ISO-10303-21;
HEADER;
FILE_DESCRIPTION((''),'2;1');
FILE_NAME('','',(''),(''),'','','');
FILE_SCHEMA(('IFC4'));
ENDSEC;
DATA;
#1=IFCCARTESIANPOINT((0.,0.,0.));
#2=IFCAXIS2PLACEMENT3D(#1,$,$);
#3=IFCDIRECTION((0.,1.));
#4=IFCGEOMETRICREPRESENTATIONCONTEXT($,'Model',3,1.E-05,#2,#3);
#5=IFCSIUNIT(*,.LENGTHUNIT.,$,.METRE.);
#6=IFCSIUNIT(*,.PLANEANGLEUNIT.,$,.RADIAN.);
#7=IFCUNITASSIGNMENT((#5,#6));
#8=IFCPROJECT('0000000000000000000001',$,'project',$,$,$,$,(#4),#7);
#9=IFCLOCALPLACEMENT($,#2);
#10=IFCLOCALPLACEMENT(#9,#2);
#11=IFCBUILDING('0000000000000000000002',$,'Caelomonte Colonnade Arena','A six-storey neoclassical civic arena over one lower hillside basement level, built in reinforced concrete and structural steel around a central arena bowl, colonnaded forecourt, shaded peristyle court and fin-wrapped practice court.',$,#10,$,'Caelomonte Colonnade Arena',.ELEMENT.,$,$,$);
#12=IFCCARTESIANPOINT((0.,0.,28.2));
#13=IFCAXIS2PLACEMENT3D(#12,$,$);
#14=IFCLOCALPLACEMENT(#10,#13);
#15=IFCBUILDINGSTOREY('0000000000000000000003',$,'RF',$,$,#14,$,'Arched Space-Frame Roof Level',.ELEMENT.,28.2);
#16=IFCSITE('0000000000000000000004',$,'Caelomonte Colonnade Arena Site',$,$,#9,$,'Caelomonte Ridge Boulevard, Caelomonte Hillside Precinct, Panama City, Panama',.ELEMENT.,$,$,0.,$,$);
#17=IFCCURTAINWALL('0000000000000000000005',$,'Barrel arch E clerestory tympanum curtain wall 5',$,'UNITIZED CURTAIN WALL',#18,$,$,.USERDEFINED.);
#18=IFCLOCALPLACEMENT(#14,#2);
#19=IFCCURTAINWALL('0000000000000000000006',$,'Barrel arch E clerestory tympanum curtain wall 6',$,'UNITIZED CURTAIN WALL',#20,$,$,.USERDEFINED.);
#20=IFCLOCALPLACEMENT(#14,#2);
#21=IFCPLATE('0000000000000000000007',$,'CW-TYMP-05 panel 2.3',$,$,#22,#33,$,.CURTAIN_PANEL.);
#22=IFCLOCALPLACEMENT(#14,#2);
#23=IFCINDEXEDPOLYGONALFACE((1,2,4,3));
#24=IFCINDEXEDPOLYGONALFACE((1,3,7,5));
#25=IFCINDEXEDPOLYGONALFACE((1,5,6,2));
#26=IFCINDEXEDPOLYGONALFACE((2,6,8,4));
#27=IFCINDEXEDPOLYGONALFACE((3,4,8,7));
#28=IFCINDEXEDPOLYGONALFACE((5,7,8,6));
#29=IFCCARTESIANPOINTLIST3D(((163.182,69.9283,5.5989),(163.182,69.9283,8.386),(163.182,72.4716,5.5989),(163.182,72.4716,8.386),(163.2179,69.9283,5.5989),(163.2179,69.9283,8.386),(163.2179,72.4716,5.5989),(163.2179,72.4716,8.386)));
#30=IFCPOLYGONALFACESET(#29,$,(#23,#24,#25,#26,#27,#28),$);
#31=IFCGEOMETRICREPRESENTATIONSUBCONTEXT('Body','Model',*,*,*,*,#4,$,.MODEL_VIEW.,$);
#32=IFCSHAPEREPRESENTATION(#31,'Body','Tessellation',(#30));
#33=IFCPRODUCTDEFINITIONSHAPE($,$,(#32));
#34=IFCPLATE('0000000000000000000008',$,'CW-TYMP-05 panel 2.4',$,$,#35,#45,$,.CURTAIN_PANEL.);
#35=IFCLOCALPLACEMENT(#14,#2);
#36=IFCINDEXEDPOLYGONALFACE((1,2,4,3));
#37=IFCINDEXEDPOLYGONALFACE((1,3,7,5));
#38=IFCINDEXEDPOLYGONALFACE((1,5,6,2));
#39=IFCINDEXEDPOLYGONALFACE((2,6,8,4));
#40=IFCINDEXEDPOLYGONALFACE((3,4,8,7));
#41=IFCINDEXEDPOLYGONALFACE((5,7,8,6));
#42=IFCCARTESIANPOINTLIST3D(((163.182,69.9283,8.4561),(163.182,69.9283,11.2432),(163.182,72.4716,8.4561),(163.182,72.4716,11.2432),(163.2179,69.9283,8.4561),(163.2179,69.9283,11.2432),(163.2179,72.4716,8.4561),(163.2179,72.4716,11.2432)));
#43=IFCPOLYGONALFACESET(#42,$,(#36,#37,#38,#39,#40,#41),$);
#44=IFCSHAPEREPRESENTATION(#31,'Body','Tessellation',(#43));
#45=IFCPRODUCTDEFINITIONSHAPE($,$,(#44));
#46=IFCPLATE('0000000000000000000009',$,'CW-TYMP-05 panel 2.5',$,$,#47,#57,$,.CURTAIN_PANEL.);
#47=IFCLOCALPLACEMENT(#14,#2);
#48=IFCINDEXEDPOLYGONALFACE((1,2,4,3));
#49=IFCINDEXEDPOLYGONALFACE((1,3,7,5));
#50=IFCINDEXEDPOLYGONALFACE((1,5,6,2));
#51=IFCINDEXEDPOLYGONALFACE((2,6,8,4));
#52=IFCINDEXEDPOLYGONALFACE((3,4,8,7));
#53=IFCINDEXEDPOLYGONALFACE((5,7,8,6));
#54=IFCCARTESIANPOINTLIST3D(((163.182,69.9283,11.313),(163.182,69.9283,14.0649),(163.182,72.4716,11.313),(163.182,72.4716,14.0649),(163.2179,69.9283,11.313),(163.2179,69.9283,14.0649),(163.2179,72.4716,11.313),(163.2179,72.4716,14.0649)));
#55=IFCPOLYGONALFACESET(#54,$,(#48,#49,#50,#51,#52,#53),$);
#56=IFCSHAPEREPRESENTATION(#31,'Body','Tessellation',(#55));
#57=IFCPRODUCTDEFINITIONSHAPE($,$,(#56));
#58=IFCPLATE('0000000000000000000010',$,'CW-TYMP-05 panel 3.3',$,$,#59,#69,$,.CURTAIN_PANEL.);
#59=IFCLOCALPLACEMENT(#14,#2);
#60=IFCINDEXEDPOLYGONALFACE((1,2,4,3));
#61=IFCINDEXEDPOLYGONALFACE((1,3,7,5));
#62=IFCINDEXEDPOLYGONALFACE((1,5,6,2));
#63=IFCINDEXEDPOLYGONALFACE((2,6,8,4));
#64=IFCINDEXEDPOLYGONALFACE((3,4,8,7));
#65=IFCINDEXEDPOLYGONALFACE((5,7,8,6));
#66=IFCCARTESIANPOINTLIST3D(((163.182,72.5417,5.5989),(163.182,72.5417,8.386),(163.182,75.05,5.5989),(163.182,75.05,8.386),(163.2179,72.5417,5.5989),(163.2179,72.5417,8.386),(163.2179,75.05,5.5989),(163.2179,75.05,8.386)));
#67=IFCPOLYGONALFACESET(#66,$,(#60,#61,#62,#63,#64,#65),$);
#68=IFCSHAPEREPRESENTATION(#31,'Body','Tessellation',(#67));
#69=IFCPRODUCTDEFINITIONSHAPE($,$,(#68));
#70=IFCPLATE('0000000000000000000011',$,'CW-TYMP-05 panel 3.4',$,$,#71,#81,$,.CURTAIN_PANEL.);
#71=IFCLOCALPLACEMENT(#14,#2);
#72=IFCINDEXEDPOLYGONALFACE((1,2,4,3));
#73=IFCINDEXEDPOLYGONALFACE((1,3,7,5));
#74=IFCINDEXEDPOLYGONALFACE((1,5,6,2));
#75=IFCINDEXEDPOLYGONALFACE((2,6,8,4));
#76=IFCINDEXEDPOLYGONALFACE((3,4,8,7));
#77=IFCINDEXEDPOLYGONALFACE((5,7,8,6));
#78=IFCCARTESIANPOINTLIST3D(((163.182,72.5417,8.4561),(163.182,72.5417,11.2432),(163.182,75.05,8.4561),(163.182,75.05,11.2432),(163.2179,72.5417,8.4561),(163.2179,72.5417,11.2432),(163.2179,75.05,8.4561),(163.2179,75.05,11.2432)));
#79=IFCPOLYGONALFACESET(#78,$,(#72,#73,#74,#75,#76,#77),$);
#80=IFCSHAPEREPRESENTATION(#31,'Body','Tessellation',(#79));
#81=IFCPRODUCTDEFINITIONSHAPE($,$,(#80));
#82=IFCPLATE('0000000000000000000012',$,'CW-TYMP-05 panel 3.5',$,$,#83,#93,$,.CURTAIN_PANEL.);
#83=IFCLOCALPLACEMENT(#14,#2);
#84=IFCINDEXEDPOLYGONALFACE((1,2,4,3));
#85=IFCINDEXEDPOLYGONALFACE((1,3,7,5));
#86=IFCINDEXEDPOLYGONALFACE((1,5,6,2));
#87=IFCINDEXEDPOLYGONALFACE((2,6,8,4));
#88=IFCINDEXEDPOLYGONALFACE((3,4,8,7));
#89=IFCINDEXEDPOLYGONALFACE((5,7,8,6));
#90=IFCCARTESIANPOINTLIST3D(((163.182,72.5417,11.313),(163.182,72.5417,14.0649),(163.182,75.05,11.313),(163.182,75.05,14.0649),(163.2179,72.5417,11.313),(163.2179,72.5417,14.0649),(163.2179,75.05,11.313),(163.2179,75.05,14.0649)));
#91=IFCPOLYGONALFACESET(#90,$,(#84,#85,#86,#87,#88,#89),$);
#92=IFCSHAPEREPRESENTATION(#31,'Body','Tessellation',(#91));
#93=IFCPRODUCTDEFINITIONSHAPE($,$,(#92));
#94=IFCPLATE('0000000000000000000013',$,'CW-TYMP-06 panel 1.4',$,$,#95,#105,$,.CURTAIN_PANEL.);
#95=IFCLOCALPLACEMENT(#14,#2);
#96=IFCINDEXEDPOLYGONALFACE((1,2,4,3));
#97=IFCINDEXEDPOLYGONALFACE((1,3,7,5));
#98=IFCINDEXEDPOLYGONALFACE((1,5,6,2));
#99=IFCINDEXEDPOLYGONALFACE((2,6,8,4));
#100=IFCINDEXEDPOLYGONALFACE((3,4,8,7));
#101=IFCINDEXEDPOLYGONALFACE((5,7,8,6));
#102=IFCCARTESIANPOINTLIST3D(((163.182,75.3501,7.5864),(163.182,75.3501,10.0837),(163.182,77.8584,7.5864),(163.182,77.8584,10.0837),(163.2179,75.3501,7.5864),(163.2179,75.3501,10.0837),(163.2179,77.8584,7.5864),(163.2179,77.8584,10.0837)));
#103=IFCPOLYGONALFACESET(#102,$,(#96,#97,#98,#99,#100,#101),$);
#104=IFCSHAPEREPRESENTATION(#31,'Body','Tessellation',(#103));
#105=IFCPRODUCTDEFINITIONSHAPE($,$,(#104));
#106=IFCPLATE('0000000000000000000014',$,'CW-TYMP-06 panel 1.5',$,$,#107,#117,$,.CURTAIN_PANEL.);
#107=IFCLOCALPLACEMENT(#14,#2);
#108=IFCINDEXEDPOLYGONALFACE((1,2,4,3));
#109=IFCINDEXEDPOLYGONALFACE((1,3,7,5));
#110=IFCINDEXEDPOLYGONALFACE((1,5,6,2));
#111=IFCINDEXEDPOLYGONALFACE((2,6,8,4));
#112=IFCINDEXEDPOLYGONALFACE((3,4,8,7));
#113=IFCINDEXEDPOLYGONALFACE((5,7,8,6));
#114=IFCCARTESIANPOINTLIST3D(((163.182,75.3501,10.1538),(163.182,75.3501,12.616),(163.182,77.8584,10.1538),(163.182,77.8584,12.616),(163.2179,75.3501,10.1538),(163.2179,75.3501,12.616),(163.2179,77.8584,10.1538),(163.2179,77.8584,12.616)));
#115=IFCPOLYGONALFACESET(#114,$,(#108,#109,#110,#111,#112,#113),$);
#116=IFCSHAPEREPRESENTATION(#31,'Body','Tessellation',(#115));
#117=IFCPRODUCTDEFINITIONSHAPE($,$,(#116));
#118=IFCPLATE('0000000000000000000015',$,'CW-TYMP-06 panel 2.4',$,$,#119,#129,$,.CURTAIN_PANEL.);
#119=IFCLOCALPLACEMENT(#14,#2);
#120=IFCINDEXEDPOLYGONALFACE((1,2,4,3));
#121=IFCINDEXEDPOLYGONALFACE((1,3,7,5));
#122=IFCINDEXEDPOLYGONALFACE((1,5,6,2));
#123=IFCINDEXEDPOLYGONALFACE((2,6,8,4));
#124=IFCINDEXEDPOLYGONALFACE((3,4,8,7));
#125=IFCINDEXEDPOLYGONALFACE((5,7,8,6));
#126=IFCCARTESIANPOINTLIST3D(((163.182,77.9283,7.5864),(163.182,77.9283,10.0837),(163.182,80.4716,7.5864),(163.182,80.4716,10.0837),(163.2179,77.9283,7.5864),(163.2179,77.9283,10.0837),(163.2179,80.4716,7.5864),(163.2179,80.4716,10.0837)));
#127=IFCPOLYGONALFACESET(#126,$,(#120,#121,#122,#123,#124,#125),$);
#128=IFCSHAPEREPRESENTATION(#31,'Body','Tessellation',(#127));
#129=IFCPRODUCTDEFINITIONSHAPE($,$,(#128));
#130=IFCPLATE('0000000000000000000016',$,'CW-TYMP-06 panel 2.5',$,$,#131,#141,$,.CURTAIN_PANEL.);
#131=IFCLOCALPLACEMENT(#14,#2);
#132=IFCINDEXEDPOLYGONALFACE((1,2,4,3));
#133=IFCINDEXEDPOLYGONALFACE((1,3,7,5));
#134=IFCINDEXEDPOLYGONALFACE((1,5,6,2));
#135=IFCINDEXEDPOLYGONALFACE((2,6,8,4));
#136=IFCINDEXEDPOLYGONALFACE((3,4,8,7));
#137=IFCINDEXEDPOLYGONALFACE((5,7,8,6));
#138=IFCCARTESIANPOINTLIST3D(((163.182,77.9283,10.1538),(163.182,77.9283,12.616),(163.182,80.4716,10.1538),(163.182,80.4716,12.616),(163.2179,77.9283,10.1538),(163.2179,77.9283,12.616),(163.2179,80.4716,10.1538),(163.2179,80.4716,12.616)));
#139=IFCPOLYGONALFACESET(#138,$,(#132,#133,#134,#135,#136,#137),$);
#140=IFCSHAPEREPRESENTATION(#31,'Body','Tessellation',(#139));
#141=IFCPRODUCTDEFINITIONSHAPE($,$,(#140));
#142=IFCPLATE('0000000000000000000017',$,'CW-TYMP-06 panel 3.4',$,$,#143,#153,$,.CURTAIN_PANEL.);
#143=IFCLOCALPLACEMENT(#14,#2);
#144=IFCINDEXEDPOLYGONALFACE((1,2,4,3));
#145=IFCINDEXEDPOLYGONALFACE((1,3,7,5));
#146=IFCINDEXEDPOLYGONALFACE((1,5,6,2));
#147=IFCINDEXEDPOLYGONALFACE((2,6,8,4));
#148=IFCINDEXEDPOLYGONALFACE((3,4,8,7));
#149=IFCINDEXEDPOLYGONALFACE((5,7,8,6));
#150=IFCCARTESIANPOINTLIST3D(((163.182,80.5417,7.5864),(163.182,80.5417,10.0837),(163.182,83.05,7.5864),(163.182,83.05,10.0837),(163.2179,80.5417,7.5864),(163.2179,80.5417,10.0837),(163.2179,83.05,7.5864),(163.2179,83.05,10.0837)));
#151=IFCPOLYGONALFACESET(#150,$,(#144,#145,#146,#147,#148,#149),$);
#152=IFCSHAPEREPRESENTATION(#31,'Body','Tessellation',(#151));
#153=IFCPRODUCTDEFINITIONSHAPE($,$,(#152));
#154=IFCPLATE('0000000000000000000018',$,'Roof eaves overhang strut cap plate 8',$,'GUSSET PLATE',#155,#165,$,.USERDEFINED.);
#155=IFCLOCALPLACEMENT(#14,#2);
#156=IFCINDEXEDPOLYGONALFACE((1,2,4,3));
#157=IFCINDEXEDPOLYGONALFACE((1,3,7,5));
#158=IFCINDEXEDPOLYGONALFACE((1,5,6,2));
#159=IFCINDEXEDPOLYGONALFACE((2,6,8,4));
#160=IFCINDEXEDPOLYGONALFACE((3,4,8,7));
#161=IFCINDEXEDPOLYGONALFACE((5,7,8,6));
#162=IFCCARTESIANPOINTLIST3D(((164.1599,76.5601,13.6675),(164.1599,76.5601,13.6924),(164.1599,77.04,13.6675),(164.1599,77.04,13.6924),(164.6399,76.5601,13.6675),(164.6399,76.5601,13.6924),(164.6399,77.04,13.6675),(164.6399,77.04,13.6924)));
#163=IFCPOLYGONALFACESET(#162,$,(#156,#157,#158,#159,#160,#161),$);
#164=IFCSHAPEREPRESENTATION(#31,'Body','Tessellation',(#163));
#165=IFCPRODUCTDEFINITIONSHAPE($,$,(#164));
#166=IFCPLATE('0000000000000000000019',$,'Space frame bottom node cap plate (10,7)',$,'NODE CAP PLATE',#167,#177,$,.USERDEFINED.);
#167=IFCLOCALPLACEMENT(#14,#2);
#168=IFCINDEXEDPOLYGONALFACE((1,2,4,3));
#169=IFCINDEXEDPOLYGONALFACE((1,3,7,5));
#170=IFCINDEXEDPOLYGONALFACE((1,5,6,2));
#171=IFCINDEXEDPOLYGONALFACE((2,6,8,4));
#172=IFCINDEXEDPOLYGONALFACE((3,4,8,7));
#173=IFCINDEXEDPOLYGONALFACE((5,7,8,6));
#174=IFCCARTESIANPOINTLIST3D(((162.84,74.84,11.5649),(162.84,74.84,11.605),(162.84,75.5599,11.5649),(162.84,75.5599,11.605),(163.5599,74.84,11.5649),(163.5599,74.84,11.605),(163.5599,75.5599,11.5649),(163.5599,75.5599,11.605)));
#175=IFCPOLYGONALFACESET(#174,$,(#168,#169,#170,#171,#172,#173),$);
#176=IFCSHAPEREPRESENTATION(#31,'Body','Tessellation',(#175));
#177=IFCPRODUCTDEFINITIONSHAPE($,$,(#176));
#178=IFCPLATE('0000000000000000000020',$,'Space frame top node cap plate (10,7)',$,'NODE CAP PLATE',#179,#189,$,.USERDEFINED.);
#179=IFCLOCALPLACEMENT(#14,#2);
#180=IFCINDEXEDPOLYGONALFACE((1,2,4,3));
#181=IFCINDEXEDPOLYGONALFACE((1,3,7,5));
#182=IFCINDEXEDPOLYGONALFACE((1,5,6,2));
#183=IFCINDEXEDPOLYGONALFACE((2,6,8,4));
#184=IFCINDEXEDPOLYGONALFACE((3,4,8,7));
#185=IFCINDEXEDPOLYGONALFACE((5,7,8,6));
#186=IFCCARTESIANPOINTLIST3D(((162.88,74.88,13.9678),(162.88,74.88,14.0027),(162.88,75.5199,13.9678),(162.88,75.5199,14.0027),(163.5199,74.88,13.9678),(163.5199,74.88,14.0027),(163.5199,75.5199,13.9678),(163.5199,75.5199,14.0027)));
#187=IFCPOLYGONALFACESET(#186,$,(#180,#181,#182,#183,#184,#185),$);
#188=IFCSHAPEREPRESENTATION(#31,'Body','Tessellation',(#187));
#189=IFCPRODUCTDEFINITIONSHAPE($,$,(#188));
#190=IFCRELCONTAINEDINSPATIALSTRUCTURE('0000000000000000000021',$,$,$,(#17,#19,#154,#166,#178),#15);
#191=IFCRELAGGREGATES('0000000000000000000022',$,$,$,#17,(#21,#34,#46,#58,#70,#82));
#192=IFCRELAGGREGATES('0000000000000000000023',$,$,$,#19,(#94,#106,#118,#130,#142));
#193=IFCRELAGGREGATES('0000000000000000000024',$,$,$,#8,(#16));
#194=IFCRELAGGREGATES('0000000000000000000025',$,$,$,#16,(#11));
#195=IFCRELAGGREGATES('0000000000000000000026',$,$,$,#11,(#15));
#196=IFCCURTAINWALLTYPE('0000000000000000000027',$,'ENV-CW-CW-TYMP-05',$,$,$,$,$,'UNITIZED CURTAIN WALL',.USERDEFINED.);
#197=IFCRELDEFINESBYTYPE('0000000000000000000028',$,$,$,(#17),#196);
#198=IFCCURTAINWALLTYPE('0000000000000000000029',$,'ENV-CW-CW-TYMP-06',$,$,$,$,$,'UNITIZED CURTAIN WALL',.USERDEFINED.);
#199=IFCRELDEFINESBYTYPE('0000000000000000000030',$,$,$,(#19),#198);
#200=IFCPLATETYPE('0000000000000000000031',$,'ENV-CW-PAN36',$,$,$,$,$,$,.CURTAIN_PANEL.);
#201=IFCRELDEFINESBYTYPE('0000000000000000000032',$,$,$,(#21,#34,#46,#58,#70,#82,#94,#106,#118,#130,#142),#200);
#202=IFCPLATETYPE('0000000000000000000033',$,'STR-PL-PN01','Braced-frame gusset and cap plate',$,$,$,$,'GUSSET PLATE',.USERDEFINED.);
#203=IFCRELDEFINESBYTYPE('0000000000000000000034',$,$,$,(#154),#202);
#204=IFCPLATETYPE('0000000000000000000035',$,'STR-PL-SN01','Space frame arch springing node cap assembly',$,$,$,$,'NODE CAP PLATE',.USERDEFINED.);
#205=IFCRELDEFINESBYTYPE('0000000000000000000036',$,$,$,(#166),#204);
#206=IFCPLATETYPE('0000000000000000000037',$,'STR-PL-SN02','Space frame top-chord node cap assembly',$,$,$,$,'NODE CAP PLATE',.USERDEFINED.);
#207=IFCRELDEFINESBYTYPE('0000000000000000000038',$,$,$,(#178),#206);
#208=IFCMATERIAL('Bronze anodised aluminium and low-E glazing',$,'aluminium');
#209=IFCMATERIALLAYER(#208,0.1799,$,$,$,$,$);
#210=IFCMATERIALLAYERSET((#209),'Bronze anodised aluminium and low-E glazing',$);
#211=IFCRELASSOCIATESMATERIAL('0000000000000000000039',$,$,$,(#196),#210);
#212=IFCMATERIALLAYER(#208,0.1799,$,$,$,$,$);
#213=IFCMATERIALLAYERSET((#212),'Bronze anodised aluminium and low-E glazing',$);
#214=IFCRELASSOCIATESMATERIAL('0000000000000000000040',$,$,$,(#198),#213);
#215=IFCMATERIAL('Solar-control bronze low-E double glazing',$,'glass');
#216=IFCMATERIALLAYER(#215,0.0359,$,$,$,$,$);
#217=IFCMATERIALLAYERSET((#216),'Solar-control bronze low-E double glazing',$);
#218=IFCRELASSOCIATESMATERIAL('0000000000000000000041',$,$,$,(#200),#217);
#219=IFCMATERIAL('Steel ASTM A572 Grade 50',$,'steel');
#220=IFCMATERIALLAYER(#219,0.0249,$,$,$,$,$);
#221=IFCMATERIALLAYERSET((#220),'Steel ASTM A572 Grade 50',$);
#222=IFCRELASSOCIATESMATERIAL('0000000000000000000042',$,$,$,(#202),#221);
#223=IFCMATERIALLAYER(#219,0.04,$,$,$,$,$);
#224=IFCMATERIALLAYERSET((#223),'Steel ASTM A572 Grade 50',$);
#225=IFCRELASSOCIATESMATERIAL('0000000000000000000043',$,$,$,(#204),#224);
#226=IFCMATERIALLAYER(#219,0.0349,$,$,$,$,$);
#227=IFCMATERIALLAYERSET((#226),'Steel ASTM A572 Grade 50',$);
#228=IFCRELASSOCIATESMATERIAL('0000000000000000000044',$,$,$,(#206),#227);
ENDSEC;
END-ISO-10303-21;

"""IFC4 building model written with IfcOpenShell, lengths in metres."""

from ifc_helpers import new_model, si_unit, direction, frame, origin, origin_2d, place, context, subcontext, project, spatial, rectangle, extrude, material, layer, layer_set, type_object, element, aggregate, save


model = new_model("IFC4")

# Units and contexts
model_context = context("Model", 3, precision=1e-05, world=origin(), true_north=direction((0.0, 1.0)))
body_context = subcontext(model_context, "Body", "Model", "MODEL_VIEW")
ifc_project = project(units=[si_unit("LENGTHUNIT", "METRE"), si_unit("PLANEANGLEUNIT", "RADIAN")], contexts=[model_context])

# Site, building, storey
site_placement = place(None, origin())
site = spatial("IfcSite", under=ifc_project, at=site_placement, Name="Caelomonte Colonnade Arena Site", LongName="Caelomonte Ridge Boulevard, Caelomonte Hillside Precinct, Panama City, Panama", CompositionType="ELEMENT", RefElevation=0.0)
building_placement = place(site_placement, origin())
building = spatial("IfcBuilding", under=site, at=building_placement, Name="Caelomonte Colonnade Arena", Description="A six-storey neoclassical civic arena over one lower hillside basement level, built in reinforced concrete and structural steel around a central arena bowl, colonnaded forecourt, shaded peristyle court and fin-wrapped practice court.", LongName="Caelomonte Colonnade Arena", CompositionType="ELEMENT")
storey_placement = place(building_placement, frame((0.0, 0.0, 28.2)))
storey = spatial("IfcBuildingStorey", under=building, at=storey_placement, Name="RF", LongName="Arched Space-Frame Roof Level", CompositionType="ELEMENT", Elevation=28.2)

# Curtain walls
ifc_material_1 = material(Name="Bronze anodised aluminium and low-E glazing", Category="aluminium")
ifc_layer_1 = layer(ifc_material_1, 0.1799)
ifc_layer_set_1 = layer_set([ifc_layer_1], Name="Bronze anodised aluminium and low-E glazing")
curtain_wall_type_1 = type_object("IfcCurtainWallType", Name="ENV-CW-CW-TYMP-05", ElementType="UNITIZED CURTAIN WALL", PredefinedType="USERDEFINED", material=ifc_layer_set_1)
curtain_wall_1_placement = place(storey_placement, origin())
curtain_wall_1 = element("IfcCurtainWall", 1, at=curtain_wall_1_placement, inside=storey, type_object=curtain_wall_type_1, Name="Barrel arch E clerestory tympanum curtain wall 5", ObjectType="UNITIZED CURTAIN WALL", PredefinedType="USERDEFINED")
ifc_layer_2 = layer(ifc_material_1, 0.1799)
ifc_layer_set_2 = layer_set([ifc_layer_2], Name="Bronze anodised aluminium and low-E glazing")
curtain_wall_type_2 = type_object("IfcCurtainWallType", Name="ENV-CW-CW-TYMP-06", ElementType="UNITIZED CURTAIN WALL", PredefinedType="USERDEFINED", material=ifc_layer_set_2)
curtain_wall_2_placement = place(storey_placement, origin())
curtain_wall_2 = element("IfcCurtainWall", 2, at=curtain_wall_2_placement, inside=storey, type_object=curtain_wall_type_2, Name="Barrel arch E clerestory tympanum curtain wall 6", ObjectType="UNITIZED CURTAIN WALL", PredefinedType="USERDEFINED")

# Plates
ifc_material_2 = material(Name="Solar-control bronze low-E double glazing", Category="glass")
ifc_layer_3 = layer(ifc_material_2, 0.0359)
ifc_layer_set_3 = layer_set([ifc_layer_3], Name="Solar-control bronze low-E double glazing")
plate_type_1 = type_object("IfcPlateType", Name="ENV-CW-PAN36", PredefinedType="CURTAIN_PANEL", material=ifc_layer_set_3)
plate_1_placement = place(storey_placement, frame((163.2, 71.2, 5.5989), z_axis=(0.0, 0.0, 1.0), x_axis=(0.0, 1.0, 0.0)))
plate_1 = element("IfcPlate", 3, at=plate_1_placement, type_object=plate_type_1, Name="CW-TYMP-05 panel 2.3", PredefinedType="CURTAIN_PANEL", context=body_context, shape_type="SweptSolid", body=[
    extrude(rectangle(XDim=2.5432, YDim=0.0359, at=origin_2d()), origin(), (0.0, 0.0, 1.0), 2.7871),
])
plate_2_placement = place(storey_placement, frame((163.2, 71.2, 8.4561), z_axis=(0.0, 0.0, 1.0), x_axis=(0.0, 1.0, 0.0)))
plate_2 = element("IfcPlate", 4, at=plate_2_placement, type_object=plate_type_1, Name="CW-TYMP-05 panel 2.4", PredefinedType="CURTAIN_PANEL", context=body_context, shape_type="SweptSolid", body=[
    extrude(rectangle(XDim=2.5432, YDim=0.0359, at=origin_2d()), origin(), (0.0, 0.0, 1.0), 2.7871),
])
plate_3_placement = place(storey_placement, frame((163.2, 71.2, 11.313), z_axis=(0.0, 0.0, 1.0), x_axis=(0.0, 1.0, 0.0)))
plate_3 = element("IfcPlate", 5, at=plate_3_placement, type_object=plate_type_1, Name="CW-TYMP-05 panel 2.5", PredefinedType="CURTAIN_PANEL", context=body_context, shape_type="SweptSolid", body=[
    extrude(rectangle(XDim=2.5432, YDim=0.0359, at=origin_2d()), origin(), (0.0, 0.0, 1.0), 2.752),
])
plate_4_placement = place(storey_placement, frame((163.2, 73.7959, 5.5989), z_axis=(0.0, 0.0, 1.0), x_axis=(0.0, 1.0, 0.0)))
plate_4 = element("IfcPlate", 6, at=plate_4_placement, type_object=plate_type_1, Name="CW-TYMP-05 panel 3.3", PredefinedType="CURTAIN_PANEL", context=body_context, shape_type="SweptSolid", body=[
    extrude(rectangle(XDim=2.5083, YDim=0.0359, at=origin_2d()), origin(), (0.0, 0.0, 1.0), 2.7871),
])
plate_5_placement = place(storey_placement, frame((163.2, 73.7959, 8.4561), z_axis=(0.0, 0.0, 1.0), x_axis=(0.0, 1.0, 0.0)))
plate_5 = element("IfcPlate", 7, at=plate_5_placement, type_object=plate_type_1, Name="CW-TYMP-05 panel 3.4", PredefinedType="CURTAIN_PANEL", context=body_context, shape_type="SweptSolid", body=[
    extrude(rectangle(XDim=2.5083, YDim=0.0359, at=origin_2d()), origin(), (0.0, 0.0, 1.0), 2.7871),
])
plate_6_placement = place(storey_placement, frame((163.2, 73.7959, 11.313), z_axis=(0.0, 0.0, 1.0), x_axis=(0.0, 1.0, 0.0)))
plate_6 = element("IfcPlate", 8, at=plate_6_placement, type_object=plate_type_1, Name="CW-TYMP-05 panel 3.5", PredefinedType="CURTAIN_PANEL", context=body_context, shape_type="SweptSolid", body=[
    extrude(rectangle(XDim=2.5083, YDim=0.0359, at=origin_2d()), origin(), (0.0, 0.0, 1.0), 2.752),
])
aggregate(curtain_wall_1, [plate_1, plate_2, plate_3, plate_4, plate_5, plate_6])
plate_7_placement = place(storey_placement, frame((163.2, 76.6042, 7.5864), z_axis=(0.0, 0.0, 1.0), x_axis=(0.0, 1.0, 0.0)))
plate_7 = element("IfcPlate", 9, at=plate_7_placement, type_object=plate_type_1, Name="CW-TYMP-06 panel 1.4", PredefinedType="CURTAIN_PANEL", context=body_context, shape_type="SweptSolid", body=[
    extrude(rectangle(XDim=2.5083, YDim=0.0359, at=origin_2d()), origin(), (0.0, 0.0, 1.0), 2.4973),
])
plate_8_placement = place(storey_placement, frame((163.2, 76.6042, 10.1538), z_axis=(0.0, 0.0, 1.0), x_axis=(0.0, 1.0, 0.0)))
plate_8 = element("IfcPlate", 10, at=plate_8_placement, type_object=plate_type_1, Name="CW-TYMP-06 panel 1.5", PredefinedType="CURTAIN_PANEL", context=body_context, shape_type="SweptSolid", body=[
    extrude(rectangle(XDim=2.5083, YDim=0.0359, at=origin_2d()), origin(), (0.0, 0.0, 1.0), 2.4622),
])
plate_9_placement = place(storey_placement, frame((163.2, 79.2, 7.5864), z_axis=(0.0, 0.0, 1.0), x_axis=(0.0, 1.0, 0.0)))
plate_9 = element("IfcPlate", 11, at=plate_9_placement, type_object=plate_type_1, Name="CW-TYMP-06 panel 2.4", PredefinedType="CURTAIN_PANEL", context=body_context, shape_type="SweptSolid", body=[
    extrude(rectangle(XDim=2.5432, YDim=0.0359, at=origin_2d()), origin(), (0.0, 0.0, 1.0), 2.4973),
])
plate_10_placement = place(storey_placement, frame((163.2, 79.2, 10.1538), z_axis=(0.0, 0.0, 1.0), x_axis=(0.0, 1.0, 0.0)))
plate_10 = element("IfcPlate", 12, at=plate_10_placement, type_object=plate_type_1, Name="CW-TYMP-06 panel 2.5", PredefinedType="CURTAIN_PANEL", context=body_context, shape_type="SweptSolid", body=[
    extrude(rectangle(XDim=2.5432, YDim=0.0359, at=origin_2d()), origin(), (0.0, 0.0, 1.0), 2.4622),
])
plate_11_placement = place(storey_placement, frame((163.2, 81.7959, 7.5864), z_axis=(0.0, 0.0, 1.0), x_axis=(0.0, 1.0, 0.0)))
plate_11 = element("IfcPlate", 13, at=plate_11_placement, type_object=plate_type_1, Name="CW-TYMP-06 panel 3.4", PredefinedType="CURTAIN_PANEL", context=body_context, shape_type="SweptSolid", body=[
    extrude(rectangle(XDim=2.5083, YDim=0.0359, at=origin_2d()), origin(), (0.0, 0.0, 1.0), 2.4973),
])
aggregate(curtain_wall_2, [plate_7, plate_8, plate_9, plate_10, plate_11])

# Plates
ifc_material_3 = material(Name="Steel ASTM A572 Grade 50", Category="steel")
ifc_layer_4 = layer(ifc_material_3, 0.0249)
ifc_layer_set_4 = layer_set([ifc_layer_4], Name="Steel ASTM A572 Grade 50")
plate_type_2 = type_object("IfcPlateType", Name="STR-PL-PN01", Description="Braced-frame gusset and cap plate", ElementType="GUSSET PLATE", PredefinedType="USERDEFINED", material=ifc_layer_set_4)
plate_12_placement = place(storey_placement, frame((164.3999, 76.8, 13.6675), z_axis=(0.0, 0.0, 1.0), x_axis=(1.0, 0.0, 0.0)))
element("IfcPlate", 14, at=plate_12_placement, inside=storey, type_object=plate_type_2, Name="Roof eaves overhang strut cap plate 8", ObjectType="GUSSET PLATE", PredefinedType="USERDEFINED", context=body_context, shape_type="SweptSolid", body=[
    extrude(rectangle(XDim=0.48, YDim=0.48, at=origin_2d()), origin(), (0.0, 0.0, 1.0), 0.0249),
])
ifc_layer_5 = layer(ifc_material_3, 0.04)
ifc_layer_set_5 = layer_set([ifc_layer_5], Name="Steel ASTM A572 Grade 50")
plate_type_3 = type_object("IfcPlateType", Name="STR-PL-SN01", Description="Space frame arch springing node cap assembly", ElementType="NODE CAP PLATE", PredefinedType="USERDEFINED", material=ifc_layer_set_5)
plate_13_placement = place(storey_placement, frame((163.2, 75.2, 11.5649), z_axis=(0.0, 0.0, 1.0), x_axis=(1.0, 0.0, 0.0)))
element("IfcPlate", 15, at=plate_13_placement, inside=storey, type_object=plate_type_3, Name="Space frame bottom node cap plate (10,7)", ObjectType="NODE CAP PLATE", PredefinedType="USERDEFINED", context=body_context, shape_type="SweptSolid", body=[
    extrude(rectangle(XDim=0.72, YDim=0.72, at=origin_2d()), origin(), (0.0, 0.0, 1.0), 0.04),
])
ifc_layer_6 = layer(ifc_material_3, 0.0349)
ifc_layer_set_6 = layer_set([ifc_layer_6], Name="Steel ASTM A572 Grade 50")
plate_type_4 = type_object("IfcPlateType", Name="STR-PL-SN02", Description="Space frame top-chord node cap assembly", ElementType="NODE CAP PLATE", PredefinedType="USERDEFINED", material=ifc_layer_set_6)
plate_14_placement = place(storey_placement, frame((163.2, 75.2, 13.9678), z_axis=(0.0, 0.0, 1.0), x_axis=(1.0, 0.0, 0.0)))
element("IfcPlate", 16, at=plate_14_placement, inside=storey, type_object=plate_type_4, Name="Space frame top node cap plate (10,7)", ObjectType="NODE CAP PLATE", PredefinedType="USERDEFINED", context=body_context, shape_type="SweptSolid", body=[
    extrude(rectangle(XDim=0.6399, YDim=0.6399, at=origin_2d()), origin(), (0.0, 0.0, 1.0), 0.0349),
])

save(model, "model.ifc")
